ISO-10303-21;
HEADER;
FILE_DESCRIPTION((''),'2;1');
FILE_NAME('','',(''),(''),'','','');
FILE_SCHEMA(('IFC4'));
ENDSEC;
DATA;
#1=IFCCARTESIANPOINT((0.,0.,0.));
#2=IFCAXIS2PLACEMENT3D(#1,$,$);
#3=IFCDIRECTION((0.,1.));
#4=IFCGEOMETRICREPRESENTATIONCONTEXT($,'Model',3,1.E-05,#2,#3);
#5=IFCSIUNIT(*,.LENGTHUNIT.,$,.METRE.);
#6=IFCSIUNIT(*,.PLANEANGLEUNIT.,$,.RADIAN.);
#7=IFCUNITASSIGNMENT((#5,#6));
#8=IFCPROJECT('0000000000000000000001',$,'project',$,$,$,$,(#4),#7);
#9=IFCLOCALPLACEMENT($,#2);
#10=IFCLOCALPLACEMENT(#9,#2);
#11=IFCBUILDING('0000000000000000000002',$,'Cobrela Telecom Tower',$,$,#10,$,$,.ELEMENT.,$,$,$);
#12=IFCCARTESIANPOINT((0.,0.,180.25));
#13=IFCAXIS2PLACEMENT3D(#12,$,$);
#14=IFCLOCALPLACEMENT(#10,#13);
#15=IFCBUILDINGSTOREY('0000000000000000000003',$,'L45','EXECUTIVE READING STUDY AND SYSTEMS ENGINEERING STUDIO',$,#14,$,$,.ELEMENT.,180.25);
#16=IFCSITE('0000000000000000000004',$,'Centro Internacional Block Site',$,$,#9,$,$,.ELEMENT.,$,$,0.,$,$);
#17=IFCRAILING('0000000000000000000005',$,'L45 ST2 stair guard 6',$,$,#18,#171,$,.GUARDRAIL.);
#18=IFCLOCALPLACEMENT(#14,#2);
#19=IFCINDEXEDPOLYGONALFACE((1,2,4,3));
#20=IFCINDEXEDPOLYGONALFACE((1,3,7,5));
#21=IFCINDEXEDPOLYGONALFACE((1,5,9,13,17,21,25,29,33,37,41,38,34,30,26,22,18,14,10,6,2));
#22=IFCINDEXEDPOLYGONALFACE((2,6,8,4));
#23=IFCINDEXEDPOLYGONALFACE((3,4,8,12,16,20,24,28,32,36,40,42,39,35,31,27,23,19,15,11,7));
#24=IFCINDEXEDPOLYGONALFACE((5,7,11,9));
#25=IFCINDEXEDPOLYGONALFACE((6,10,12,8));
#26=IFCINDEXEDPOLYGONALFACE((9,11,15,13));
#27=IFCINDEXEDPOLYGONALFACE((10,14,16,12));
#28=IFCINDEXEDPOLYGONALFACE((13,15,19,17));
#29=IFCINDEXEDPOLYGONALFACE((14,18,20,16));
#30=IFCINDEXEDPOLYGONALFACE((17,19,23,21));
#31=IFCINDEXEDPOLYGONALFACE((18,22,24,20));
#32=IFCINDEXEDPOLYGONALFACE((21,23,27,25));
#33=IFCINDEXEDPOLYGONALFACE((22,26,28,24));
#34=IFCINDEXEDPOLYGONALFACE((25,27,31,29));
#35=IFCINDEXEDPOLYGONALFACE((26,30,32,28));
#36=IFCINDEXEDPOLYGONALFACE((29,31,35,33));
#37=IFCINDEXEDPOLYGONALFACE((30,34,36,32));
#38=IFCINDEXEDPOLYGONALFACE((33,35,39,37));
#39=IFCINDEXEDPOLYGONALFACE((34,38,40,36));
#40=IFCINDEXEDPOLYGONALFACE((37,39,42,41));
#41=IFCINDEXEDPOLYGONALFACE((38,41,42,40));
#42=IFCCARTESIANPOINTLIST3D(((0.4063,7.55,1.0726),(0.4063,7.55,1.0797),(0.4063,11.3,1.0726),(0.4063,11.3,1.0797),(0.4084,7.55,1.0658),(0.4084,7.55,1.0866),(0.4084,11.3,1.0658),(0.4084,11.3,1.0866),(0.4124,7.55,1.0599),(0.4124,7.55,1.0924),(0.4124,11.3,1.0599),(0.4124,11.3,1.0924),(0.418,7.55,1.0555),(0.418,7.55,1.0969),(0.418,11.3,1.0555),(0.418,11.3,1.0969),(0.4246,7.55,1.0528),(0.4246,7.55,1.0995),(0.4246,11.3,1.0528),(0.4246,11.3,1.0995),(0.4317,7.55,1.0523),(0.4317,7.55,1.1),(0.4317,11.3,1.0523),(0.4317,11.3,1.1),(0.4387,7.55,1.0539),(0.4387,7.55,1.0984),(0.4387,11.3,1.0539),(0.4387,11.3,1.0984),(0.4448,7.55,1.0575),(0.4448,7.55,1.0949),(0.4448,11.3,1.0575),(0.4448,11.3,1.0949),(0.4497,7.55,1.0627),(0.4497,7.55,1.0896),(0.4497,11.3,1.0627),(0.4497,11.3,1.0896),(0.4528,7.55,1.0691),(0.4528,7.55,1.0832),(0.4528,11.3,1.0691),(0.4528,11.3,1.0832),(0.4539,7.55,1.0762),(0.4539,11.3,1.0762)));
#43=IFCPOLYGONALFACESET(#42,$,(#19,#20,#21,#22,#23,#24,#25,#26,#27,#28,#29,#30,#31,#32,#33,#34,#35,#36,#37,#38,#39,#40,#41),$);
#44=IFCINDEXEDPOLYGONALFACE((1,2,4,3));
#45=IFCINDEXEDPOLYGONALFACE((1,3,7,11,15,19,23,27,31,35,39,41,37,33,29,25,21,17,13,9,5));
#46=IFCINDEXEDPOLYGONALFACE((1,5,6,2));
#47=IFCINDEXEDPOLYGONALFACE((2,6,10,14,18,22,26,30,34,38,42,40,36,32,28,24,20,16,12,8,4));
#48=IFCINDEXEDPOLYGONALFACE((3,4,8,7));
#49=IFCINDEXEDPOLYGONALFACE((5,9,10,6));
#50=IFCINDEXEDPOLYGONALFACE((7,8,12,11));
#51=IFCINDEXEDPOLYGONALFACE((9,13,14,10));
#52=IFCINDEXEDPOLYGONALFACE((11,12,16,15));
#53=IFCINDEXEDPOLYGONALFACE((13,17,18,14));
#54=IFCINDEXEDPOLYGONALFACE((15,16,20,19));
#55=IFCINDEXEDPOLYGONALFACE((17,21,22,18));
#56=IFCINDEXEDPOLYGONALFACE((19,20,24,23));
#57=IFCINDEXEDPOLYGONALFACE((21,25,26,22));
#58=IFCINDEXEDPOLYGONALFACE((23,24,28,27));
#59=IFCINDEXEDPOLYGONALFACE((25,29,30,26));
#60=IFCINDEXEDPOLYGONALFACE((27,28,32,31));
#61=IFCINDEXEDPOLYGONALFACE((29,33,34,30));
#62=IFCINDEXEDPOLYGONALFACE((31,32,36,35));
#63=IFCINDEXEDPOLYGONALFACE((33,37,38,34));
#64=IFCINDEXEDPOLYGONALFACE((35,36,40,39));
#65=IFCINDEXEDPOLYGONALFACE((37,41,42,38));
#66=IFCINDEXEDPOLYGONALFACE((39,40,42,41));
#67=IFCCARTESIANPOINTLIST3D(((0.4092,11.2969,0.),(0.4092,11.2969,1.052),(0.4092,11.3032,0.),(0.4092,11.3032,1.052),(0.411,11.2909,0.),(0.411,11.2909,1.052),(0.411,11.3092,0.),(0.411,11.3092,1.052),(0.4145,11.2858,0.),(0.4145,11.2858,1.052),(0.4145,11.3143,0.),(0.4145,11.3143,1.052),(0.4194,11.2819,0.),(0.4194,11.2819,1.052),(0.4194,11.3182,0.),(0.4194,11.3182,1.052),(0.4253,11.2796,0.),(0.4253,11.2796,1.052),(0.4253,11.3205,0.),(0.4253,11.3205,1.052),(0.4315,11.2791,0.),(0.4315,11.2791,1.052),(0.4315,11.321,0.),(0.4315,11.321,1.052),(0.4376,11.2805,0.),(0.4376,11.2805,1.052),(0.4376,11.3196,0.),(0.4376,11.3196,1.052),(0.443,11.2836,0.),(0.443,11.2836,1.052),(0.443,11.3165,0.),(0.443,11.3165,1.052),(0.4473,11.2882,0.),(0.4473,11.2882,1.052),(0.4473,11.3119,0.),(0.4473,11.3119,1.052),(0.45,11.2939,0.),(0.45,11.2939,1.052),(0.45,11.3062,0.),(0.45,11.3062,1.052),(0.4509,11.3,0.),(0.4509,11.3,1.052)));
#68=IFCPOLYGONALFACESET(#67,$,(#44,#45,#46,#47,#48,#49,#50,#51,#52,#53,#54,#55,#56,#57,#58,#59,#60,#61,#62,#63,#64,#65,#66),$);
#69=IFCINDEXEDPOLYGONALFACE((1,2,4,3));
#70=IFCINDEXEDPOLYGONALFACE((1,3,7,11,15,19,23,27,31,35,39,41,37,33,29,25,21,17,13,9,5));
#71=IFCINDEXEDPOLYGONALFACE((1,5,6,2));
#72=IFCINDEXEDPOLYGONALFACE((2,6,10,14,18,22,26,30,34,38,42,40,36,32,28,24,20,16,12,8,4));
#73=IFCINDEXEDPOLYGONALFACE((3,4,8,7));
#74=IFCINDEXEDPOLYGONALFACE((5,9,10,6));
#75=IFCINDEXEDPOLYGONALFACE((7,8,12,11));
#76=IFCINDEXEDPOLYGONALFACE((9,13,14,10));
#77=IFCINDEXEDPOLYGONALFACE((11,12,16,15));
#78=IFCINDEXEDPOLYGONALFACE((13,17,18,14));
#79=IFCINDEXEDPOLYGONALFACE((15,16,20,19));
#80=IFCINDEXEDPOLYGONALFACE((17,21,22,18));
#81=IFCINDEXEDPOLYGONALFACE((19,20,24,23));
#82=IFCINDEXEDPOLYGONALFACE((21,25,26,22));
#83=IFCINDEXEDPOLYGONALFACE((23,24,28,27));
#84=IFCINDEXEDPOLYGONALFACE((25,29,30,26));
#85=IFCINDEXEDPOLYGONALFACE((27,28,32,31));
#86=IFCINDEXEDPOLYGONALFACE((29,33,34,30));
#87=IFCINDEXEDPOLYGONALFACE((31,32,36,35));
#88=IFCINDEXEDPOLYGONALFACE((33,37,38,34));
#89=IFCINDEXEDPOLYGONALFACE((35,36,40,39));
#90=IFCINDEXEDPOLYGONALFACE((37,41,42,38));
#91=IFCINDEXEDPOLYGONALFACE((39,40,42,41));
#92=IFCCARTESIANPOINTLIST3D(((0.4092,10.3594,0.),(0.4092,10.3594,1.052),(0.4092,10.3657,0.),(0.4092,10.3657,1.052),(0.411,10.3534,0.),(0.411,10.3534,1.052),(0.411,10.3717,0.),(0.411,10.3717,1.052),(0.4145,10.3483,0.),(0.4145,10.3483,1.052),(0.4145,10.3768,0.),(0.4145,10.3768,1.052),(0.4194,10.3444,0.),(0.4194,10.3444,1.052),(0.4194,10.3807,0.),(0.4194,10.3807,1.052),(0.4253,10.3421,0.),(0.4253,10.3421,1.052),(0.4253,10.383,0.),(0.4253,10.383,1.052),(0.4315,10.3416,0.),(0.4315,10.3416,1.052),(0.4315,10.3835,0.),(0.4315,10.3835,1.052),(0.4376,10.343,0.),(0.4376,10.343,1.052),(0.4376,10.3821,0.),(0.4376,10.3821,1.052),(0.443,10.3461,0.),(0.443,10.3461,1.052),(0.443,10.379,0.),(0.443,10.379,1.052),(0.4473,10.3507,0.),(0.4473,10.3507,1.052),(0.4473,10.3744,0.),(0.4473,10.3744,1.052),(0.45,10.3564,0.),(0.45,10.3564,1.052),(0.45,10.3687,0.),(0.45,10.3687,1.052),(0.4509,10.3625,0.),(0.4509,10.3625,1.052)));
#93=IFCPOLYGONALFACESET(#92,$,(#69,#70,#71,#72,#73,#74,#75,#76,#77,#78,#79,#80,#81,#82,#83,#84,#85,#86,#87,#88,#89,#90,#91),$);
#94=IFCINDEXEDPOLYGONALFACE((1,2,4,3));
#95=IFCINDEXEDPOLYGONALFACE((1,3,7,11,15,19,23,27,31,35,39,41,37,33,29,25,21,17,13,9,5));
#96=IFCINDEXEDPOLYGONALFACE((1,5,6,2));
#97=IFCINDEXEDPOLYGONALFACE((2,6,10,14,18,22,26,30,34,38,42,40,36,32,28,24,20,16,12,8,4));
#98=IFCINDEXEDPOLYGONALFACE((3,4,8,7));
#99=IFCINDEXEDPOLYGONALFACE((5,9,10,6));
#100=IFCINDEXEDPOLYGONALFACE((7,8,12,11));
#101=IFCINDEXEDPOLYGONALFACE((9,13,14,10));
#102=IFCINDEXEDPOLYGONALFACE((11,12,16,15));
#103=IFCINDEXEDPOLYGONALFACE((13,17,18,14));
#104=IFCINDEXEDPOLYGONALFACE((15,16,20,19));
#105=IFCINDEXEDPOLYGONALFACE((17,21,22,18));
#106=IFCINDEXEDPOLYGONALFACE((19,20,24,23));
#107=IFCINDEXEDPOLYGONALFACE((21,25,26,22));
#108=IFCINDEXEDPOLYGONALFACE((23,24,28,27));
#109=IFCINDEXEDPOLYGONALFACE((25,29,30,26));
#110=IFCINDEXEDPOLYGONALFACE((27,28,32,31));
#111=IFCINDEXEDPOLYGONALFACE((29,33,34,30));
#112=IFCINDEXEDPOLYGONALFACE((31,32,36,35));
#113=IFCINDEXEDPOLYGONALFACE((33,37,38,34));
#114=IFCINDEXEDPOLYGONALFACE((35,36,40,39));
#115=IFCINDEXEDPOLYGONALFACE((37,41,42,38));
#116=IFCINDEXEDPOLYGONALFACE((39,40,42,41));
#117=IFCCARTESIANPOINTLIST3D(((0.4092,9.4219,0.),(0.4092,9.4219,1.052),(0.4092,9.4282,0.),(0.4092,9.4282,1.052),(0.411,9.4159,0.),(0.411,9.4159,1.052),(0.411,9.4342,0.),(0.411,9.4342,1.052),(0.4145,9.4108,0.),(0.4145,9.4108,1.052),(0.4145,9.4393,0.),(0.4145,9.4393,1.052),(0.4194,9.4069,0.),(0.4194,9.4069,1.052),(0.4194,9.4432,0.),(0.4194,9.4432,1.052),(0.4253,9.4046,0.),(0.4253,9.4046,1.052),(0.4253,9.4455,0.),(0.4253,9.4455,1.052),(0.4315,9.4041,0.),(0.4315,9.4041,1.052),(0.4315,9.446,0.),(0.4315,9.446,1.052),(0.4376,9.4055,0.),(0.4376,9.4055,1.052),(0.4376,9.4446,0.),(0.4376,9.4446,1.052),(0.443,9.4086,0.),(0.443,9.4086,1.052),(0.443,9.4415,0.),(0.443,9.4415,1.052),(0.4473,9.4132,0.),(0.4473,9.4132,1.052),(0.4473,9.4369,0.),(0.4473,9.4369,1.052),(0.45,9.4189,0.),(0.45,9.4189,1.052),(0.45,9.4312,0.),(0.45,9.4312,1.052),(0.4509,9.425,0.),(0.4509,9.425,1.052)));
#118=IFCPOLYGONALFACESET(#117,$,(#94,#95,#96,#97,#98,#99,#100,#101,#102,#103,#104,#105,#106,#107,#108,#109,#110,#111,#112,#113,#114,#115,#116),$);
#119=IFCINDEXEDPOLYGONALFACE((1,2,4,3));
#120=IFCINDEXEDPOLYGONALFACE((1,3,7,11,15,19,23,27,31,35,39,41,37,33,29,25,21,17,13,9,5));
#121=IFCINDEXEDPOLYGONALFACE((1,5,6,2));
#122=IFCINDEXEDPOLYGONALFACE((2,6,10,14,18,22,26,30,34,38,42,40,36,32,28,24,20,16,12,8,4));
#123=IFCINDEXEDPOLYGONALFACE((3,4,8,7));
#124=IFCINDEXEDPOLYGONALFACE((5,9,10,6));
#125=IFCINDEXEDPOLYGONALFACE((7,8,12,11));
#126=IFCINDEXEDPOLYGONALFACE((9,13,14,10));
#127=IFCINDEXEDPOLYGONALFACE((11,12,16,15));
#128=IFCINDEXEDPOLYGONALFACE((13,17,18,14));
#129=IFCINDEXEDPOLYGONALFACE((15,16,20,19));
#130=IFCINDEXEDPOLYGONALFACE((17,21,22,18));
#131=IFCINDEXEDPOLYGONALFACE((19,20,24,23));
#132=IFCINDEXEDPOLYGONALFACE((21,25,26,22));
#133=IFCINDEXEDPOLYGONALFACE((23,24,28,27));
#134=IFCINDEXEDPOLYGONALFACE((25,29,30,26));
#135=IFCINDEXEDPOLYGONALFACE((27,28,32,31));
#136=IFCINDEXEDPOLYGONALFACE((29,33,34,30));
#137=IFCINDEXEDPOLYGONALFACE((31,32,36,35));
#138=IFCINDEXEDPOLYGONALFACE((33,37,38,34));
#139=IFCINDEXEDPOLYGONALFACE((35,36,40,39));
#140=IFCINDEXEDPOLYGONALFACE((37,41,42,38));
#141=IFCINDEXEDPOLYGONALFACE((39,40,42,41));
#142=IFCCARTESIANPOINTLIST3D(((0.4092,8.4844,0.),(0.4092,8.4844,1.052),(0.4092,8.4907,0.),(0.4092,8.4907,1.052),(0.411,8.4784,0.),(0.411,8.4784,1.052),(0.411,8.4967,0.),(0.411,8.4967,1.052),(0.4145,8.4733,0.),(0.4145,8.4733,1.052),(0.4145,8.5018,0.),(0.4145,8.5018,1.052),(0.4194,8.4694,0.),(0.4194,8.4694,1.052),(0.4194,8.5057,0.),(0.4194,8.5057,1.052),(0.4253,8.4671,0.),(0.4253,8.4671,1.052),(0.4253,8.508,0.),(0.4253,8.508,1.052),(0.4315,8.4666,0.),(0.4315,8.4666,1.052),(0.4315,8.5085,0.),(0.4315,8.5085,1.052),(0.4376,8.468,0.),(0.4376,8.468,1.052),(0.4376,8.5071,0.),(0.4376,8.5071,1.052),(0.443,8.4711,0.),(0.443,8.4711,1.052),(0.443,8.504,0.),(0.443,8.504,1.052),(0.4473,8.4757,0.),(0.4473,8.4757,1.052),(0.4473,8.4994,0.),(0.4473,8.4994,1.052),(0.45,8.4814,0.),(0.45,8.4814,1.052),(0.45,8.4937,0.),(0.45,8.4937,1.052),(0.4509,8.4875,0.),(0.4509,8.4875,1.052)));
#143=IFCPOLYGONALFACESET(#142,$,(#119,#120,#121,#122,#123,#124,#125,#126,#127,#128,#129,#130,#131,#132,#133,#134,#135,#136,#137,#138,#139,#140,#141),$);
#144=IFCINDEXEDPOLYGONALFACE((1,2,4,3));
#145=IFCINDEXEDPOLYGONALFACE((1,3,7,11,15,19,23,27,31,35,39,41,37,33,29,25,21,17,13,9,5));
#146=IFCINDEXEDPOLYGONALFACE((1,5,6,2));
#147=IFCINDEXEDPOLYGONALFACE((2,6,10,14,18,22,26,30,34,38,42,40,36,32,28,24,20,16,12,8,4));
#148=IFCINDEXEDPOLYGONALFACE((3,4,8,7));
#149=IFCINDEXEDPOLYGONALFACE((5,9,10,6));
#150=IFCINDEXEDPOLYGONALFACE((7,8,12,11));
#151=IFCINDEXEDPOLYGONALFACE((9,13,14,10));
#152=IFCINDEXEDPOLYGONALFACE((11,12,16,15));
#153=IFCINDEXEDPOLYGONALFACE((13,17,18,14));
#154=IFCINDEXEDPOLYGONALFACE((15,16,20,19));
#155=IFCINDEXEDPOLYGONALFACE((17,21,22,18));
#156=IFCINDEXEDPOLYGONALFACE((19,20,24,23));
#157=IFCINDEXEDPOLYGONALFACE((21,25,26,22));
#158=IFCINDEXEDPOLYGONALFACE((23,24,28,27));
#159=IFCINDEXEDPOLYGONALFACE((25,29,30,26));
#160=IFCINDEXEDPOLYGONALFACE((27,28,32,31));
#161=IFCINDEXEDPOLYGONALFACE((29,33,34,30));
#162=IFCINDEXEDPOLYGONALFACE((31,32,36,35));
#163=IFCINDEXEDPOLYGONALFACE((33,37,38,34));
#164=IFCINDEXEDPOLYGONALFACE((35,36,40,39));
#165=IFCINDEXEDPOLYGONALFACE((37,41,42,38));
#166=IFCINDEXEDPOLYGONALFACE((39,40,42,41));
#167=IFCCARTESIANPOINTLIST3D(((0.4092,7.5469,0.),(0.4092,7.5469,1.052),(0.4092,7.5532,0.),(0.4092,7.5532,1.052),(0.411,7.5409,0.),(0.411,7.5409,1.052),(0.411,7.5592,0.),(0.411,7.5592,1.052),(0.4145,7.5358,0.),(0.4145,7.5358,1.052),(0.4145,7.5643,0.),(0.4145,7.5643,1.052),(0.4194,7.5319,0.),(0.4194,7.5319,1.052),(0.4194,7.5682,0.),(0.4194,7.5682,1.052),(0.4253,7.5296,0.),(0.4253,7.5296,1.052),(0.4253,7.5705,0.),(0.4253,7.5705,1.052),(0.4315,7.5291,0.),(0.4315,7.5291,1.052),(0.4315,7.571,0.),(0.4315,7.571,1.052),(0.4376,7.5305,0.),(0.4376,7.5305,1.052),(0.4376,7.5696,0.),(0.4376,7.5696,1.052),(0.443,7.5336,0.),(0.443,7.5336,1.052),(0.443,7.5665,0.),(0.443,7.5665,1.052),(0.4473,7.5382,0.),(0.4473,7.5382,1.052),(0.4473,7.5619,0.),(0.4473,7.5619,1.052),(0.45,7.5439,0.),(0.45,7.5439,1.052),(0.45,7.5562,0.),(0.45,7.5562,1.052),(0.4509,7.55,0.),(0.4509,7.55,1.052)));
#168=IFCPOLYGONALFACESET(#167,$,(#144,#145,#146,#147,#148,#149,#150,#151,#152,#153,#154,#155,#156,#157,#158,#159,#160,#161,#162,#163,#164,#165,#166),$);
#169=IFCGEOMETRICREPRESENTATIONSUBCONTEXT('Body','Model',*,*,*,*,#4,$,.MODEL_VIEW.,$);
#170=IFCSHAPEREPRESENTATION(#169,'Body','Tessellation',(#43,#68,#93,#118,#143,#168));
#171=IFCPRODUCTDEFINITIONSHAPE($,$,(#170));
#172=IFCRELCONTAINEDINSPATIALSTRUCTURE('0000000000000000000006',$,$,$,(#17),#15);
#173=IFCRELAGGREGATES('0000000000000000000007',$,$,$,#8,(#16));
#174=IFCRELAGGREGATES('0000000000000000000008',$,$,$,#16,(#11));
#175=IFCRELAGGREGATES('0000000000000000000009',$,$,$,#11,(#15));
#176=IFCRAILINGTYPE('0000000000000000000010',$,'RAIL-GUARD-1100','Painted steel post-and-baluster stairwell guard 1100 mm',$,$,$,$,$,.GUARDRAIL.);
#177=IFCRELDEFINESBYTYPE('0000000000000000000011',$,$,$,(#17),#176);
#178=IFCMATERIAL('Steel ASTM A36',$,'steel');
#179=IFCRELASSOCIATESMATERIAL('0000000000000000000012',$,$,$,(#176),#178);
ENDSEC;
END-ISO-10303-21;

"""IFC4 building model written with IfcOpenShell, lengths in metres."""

from ifc_helpers import new_model, si_unit, direction, frame, origin, origin_2d, place, context, subcontext, project, spatial, circle, extrude, material, type_object, element, save


model = new_model("IFC4")

# Units and contexts
model_context = context("Model", 3, precision=1e-05, world=origin(), true_north=direction((0.0, 1.0)))
body_context = subcontext(model_context, "Body", "Model", "MODEL_VIEW")
ifc_project = project(units=[si_unit("LENGTHUNIT", "METRE"), si_unit("PLANEANGLEUNIT", "RADIAN")], contexts=[model_context])

# Site, building, storey
site_placement = place(None, origin())
site = spatial("IfcSite", under=ifc_project, at=site_placement, Name="Centro Internacional Block Site", CompositionType="ELEMENT", RefElevation=0.0)
building_placement = place(site_placement, origin())
building = spatial("IfcBuilding", under=site, at=building_placement, Name="Cobrela Telecom Tower", CompositionType="ELEMENT")
storey_placement = place(building_placement, frame((0.0, 0.0, 180.25)))
storey = spatial("IfcBuildingStorey", under=building, at=storey_placement, Name="L45", Description="EXECUTIVE READING STUDY AND SYSTEMS ENGINEERING STUDIO", CompositionType="ELEMENT", Elevation=180.25)

# Shared definitions
ifc_material_1 = material(Name="Steel ASTM A36", Category="steel")

# Railing
railing_type = type_object("IfcRailingType", Name="RAIL-GUARD-1100", Description="Painted steel post-and-baluster stairwell guard 1100 mm", PredefinedType="GUARDRAIL", material=ifc_material_1)
railing_1_placement = place(storey_placement, frame((0.4299, 11.3, 0.0)))
element("IfcRailing", 1, at=railing_1_placement, inside=storey, type_object=railing_type, Name="L45 ST2 stair guard 6", PredefinedType="GUARDRAIL", context=body_context, shape_type="SweptSolid", body=[
    extrude(circle(Radius=0.0239, at=origin_2d()), frame((0.0, 0.0, 1.0762), z_axis=(0.0, -1.0, 0.0), x_axis=(1.0, 0.0, 0.0)), (0.0, 0.0, 1.0), 3.75),
    extrude(circle(Radius=0.021, at=origin_2d()), origin(), (0.0, 0.0, 1.0), 1.052),
    extrude(circle(Radius=0.021, at=origin_2d()), frame((0.0, -0.9375, 0.0)), (0.0, 0.0, 1.0), 1.052),
    extrude(circle(Radius=0.021, at=origin_2d()), frame((0.0, -1.875, 0.0)), (0.0, 0.0, 1.0), 1.052),
    extrude(circle(Radius=0.021, at=origin_2d()), frame((0.0, -2.8125, 0.0)), (0.0, 0.0, 1.0), 1.052),
    extrude(circle(Radius=0.021, at=origin_2d()), frame((0.0, -3.75, 0.0)), (0.0, 0.0, 1.0), 1.052),
])

save(model, "model.ifc")
